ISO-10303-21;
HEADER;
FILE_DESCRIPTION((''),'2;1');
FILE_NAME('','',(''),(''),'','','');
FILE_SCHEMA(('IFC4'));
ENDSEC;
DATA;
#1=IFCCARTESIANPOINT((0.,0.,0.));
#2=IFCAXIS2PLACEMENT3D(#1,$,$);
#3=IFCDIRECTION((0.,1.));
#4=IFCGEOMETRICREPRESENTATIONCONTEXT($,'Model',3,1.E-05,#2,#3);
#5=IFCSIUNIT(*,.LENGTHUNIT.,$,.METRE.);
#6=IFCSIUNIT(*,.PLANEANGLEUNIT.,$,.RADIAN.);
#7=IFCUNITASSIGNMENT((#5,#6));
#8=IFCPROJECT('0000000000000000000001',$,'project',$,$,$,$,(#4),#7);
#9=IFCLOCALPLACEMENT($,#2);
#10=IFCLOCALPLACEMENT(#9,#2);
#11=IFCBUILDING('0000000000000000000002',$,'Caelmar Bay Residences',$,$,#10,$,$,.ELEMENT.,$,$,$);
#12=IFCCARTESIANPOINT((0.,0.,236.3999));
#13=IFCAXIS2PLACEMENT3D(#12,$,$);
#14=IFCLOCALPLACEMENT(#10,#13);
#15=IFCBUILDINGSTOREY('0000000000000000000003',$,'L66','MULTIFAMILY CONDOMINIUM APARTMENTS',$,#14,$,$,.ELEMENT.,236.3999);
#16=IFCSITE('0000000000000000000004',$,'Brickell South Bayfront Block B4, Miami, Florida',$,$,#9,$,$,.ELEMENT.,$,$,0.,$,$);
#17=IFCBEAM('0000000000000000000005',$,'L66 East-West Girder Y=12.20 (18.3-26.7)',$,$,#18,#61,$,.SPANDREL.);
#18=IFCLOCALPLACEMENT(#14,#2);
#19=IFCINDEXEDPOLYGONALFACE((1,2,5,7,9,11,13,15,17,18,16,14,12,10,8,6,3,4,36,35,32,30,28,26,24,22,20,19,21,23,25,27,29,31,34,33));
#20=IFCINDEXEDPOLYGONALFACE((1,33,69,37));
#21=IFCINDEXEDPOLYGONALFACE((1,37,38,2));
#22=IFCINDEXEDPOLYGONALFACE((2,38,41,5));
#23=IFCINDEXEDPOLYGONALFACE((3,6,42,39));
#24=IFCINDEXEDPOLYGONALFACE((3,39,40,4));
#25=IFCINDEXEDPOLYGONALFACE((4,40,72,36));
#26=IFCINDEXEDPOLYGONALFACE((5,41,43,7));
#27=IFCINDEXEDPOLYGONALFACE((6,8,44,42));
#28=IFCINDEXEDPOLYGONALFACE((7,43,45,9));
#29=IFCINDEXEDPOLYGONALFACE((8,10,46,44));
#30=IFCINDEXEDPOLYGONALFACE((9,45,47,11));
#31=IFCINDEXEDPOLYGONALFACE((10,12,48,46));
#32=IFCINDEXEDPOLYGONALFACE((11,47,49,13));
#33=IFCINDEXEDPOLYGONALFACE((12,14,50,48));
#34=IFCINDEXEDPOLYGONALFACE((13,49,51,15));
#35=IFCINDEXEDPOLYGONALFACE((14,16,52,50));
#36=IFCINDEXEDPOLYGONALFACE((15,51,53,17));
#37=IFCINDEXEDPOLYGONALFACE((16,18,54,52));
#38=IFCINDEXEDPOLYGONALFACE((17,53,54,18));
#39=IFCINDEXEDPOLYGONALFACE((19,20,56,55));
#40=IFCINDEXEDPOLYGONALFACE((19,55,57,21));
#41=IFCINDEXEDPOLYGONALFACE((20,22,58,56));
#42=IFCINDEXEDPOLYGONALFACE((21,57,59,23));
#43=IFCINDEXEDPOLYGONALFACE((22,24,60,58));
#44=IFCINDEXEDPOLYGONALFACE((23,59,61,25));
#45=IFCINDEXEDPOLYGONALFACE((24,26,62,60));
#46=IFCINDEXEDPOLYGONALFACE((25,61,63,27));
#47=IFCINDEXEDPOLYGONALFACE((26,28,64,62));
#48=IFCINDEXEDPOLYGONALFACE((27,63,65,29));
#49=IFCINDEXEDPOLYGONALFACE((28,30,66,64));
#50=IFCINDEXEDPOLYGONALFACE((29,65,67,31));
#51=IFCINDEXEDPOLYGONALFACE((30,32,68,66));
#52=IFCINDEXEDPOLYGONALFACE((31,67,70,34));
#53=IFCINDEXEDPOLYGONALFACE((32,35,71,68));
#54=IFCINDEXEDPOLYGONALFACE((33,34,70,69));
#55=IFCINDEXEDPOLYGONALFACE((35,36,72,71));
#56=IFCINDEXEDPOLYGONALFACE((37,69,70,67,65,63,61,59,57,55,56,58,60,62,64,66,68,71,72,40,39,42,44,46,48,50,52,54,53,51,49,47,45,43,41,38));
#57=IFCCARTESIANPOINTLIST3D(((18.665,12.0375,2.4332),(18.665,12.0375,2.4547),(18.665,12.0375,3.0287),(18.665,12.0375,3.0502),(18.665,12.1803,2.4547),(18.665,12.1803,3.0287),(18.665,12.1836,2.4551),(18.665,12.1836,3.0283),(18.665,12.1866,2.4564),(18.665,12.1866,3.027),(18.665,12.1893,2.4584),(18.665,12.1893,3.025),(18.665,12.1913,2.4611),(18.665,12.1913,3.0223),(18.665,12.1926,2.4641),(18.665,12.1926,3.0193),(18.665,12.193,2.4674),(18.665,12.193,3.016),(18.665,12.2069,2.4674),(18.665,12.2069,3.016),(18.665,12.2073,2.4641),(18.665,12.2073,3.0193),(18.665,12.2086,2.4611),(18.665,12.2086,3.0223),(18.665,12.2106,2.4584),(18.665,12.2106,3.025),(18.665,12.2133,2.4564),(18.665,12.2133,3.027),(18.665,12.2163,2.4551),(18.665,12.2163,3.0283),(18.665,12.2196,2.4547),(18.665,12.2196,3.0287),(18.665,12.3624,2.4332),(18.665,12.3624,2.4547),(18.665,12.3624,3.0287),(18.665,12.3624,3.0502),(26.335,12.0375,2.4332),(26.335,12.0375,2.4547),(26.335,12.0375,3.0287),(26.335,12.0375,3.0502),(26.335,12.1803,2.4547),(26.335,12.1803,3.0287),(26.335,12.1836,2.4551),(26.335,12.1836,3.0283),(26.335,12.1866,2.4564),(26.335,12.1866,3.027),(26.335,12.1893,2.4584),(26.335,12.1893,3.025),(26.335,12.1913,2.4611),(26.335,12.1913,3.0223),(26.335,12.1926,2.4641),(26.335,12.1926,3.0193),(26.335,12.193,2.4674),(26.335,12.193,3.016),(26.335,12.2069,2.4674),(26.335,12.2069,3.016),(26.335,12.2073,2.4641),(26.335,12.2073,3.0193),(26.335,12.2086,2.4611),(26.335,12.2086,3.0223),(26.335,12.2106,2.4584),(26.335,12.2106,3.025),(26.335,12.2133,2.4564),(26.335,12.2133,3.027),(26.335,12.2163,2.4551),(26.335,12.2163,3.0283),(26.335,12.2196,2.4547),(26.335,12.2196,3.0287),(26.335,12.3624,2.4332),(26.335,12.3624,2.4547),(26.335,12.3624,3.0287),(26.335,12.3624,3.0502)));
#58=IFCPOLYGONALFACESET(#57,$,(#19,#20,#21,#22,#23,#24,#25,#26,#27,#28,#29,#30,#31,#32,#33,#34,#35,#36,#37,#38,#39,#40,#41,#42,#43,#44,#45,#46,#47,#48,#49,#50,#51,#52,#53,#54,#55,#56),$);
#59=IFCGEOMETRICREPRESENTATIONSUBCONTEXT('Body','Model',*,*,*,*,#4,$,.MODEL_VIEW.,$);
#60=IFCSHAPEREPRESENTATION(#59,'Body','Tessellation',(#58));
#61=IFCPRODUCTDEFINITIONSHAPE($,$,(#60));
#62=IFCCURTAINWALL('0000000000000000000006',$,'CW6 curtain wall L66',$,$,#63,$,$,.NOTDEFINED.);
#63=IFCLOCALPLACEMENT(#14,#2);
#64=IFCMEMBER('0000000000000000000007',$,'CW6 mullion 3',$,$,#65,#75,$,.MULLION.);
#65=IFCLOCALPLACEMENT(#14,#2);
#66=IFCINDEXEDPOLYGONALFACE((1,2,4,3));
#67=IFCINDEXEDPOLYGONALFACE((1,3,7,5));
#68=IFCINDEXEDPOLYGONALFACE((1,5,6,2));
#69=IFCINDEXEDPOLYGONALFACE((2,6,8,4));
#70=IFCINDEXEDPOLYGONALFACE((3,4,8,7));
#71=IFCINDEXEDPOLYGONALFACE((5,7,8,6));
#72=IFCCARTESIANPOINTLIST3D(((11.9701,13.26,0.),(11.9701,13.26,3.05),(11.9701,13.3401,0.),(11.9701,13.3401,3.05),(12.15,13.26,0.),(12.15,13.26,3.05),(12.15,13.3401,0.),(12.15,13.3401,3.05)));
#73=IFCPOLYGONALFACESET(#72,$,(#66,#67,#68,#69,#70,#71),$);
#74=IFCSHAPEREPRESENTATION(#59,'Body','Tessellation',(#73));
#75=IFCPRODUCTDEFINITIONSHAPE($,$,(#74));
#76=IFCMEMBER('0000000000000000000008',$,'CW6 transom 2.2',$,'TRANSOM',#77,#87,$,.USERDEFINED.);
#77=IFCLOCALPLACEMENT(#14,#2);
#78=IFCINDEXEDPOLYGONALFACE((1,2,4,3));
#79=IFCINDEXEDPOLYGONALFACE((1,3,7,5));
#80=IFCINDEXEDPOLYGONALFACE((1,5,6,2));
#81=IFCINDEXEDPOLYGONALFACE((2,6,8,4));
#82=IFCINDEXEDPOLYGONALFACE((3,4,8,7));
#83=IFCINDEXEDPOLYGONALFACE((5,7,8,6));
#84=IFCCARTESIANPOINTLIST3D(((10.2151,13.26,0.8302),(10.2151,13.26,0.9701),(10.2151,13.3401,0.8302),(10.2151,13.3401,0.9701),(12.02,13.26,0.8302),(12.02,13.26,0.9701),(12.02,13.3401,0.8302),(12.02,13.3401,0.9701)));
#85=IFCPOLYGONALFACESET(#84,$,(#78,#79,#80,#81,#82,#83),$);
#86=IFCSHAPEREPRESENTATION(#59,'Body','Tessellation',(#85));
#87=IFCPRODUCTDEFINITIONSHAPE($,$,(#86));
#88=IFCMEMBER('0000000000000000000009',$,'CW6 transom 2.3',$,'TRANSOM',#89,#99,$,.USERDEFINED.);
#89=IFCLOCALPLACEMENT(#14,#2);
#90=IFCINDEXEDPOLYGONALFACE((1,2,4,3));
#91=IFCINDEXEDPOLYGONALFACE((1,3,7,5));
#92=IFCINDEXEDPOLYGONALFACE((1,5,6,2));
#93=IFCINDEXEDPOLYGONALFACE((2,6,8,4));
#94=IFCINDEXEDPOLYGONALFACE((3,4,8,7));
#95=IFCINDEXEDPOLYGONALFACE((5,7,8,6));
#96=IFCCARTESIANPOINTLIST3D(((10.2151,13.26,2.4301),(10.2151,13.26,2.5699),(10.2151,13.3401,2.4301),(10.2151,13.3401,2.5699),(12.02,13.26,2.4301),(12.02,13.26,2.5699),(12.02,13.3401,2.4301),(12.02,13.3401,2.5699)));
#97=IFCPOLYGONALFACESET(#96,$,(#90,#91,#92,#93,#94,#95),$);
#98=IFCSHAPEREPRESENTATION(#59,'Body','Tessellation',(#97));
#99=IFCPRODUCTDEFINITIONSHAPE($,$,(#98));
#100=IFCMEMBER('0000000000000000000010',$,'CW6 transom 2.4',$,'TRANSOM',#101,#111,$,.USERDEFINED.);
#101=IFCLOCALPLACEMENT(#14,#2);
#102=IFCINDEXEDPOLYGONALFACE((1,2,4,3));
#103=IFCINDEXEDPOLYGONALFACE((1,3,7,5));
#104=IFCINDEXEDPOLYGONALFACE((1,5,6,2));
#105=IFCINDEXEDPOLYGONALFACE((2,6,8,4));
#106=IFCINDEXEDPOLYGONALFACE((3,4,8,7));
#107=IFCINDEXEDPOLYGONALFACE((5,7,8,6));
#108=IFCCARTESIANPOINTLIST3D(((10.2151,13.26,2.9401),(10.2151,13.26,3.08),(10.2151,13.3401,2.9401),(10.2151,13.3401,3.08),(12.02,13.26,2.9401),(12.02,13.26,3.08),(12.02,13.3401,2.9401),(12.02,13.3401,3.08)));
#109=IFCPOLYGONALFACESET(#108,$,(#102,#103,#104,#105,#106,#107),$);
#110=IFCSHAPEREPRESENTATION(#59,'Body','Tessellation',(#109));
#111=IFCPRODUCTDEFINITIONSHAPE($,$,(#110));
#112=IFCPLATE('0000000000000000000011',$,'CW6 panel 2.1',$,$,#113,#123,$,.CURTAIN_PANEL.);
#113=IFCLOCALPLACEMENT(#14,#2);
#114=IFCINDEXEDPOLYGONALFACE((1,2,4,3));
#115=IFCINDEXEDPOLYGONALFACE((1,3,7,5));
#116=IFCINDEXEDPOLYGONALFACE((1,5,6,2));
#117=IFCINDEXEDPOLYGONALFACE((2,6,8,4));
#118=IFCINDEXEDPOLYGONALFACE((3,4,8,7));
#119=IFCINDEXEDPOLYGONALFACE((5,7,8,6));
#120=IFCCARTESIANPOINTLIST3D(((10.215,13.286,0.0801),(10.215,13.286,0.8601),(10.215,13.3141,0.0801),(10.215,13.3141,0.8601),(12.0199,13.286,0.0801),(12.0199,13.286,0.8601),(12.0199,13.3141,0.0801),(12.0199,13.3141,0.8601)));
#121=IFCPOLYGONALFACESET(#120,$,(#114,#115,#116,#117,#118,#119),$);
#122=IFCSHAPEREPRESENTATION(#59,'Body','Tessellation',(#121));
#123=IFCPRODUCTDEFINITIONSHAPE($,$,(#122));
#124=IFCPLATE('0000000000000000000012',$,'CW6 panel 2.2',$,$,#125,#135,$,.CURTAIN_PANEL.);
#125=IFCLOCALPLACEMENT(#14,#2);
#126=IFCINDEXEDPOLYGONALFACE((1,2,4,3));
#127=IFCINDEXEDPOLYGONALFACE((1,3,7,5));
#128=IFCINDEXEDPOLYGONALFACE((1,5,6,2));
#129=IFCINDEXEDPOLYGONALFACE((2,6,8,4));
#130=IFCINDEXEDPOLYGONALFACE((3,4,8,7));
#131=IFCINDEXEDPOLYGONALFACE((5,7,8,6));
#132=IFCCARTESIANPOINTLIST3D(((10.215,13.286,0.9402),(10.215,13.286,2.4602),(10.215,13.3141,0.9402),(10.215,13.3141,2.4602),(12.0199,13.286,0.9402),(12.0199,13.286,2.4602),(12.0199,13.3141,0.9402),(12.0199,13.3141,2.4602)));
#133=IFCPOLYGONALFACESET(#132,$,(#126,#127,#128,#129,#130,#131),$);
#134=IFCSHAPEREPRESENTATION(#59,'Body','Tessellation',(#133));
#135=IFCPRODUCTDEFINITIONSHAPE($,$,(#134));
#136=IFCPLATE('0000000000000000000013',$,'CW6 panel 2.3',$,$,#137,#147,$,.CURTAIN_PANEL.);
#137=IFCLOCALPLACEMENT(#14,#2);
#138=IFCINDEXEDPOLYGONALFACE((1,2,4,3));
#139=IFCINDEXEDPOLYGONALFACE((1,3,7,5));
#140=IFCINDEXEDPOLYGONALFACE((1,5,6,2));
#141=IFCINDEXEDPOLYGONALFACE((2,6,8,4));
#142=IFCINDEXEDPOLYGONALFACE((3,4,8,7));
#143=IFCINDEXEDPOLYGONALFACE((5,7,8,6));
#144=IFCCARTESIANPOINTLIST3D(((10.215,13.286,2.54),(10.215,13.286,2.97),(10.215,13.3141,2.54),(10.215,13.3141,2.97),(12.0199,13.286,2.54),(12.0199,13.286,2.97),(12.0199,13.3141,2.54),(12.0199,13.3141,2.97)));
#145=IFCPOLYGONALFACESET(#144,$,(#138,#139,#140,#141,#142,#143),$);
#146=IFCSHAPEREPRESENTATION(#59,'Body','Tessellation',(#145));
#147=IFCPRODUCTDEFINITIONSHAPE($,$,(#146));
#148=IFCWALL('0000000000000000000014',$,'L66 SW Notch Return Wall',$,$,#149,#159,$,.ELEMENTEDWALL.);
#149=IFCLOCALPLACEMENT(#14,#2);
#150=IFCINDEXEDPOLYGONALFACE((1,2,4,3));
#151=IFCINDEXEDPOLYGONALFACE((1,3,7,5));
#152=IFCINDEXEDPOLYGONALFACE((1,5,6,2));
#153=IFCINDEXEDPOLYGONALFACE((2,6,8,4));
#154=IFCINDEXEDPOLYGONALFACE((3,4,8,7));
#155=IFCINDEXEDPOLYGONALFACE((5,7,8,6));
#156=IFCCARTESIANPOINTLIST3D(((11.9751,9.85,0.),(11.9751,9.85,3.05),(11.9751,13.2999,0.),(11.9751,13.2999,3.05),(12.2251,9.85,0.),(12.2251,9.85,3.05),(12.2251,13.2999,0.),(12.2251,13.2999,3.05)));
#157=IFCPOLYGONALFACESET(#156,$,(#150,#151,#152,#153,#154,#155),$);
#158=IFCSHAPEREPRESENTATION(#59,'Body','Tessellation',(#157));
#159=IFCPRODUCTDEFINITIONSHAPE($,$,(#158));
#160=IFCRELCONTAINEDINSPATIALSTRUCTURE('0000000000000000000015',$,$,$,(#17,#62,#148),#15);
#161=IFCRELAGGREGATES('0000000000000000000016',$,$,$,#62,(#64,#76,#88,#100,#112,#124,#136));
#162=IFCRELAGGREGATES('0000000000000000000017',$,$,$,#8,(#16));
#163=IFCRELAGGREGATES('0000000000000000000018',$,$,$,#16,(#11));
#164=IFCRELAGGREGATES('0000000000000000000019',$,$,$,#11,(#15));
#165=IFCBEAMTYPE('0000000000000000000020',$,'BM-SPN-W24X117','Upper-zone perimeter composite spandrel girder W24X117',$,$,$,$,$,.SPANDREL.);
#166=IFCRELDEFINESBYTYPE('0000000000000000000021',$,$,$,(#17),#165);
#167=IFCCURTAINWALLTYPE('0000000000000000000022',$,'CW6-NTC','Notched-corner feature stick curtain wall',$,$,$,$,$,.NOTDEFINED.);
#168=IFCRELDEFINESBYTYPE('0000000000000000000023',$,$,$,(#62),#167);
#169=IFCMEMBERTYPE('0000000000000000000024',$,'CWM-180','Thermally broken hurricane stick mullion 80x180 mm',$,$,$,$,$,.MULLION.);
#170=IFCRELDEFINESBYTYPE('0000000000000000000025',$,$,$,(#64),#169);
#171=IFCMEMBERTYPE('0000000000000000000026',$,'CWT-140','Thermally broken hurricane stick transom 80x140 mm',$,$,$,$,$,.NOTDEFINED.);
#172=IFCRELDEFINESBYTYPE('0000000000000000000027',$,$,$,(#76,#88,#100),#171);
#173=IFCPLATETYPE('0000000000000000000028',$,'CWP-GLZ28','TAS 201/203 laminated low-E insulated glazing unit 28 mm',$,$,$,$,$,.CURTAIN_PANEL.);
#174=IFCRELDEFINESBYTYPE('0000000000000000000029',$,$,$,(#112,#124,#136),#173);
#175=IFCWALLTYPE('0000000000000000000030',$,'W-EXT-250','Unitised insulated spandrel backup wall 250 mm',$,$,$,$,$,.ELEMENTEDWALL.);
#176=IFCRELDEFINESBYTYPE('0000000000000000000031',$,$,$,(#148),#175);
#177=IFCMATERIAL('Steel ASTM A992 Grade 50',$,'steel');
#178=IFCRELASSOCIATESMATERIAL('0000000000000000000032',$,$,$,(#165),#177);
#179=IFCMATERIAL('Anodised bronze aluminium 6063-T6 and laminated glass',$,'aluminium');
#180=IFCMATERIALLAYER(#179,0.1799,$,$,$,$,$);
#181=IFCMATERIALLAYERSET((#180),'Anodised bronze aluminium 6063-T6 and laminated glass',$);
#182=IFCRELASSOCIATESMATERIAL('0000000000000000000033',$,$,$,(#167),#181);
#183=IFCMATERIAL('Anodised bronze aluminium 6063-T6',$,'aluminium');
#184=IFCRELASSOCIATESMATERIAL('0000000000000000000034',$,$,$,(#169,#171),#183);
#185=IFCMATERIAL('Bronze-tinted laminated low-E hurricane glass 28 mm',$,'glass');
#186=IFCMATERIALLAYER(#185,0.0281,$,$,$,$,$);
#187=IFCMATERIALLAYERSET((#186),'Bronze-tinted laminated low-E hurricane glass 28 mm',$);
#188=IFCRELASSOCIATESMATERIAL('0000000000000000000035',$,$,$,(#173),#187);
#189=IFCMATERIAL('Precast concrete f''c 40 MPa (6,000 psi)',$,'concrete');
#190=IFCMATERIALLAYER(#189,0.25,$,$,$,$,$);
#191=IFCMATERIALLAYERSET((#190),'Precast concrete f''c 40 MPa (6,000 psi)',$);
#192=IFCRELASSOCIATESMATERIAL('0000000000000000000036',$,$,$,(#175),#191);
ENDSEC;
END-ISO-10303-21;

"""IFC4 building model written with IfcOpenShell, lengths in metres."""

from ifc_helpers import new_model, si_unit, direction, frame, frame_2d, origin, origin_2d, place, context, subcontext, project, spatial, rectangle, i_section, extrude, material, layer, layer_set, material_profile, profile_set, type_object, element, aggregate, save


model = new_model("IFC4")

# Units and contexts
model_context = context("Model", 3, precision=1e-05, world=origin(), true_north=direction((0.0, 1.0)))
body_context = subcontext(model_context, "Body", "Model", "MODEL_VIEW")
ifc_project = project(units=[si_unit("LENGTHUNIT", "METRE"), si_unit("PLANEANGLEUNIT", "RADIAN")], contexts=[model_context])

# Site, building, storey
site_placement = place(None, origin())
site = spatial("IfcSite", under=ifc_project, at=site_placement, Name="Brickell South Bayfront Block B4, Miami, Florida", CompositionType="ELEMENT", RefElevation=0.0)
building_placement = place(site_placement, origin())
building = spatial("IfcBuilding", under=site, at=building_placement, Name="Caelmar Bay Residences", CompositionType="ELEMENT")
storey_placement = place(building_placement, frame((0.0, 0.0, 236.3999)))
storey = spatial("IfcBuildingStorey", under=building, at=storey_placement, Name="L66", Description="MULTIFAMILY CONDOMINIUM APARTMENTS", CompositionType="ELEMENT", Elevation=236.3999)

# Beam
ifc_material_1 = material(Name="Steel ASTM A992 Grade 50", Category="steel")
ifc_material_profile_1 = material_profile(ifc_material_1, i_section(OverallWidth=0.325, OverallDepth=0.6169, WebThickness=0.0139, FlangeThickness=0.0215, FilletRadius=0.0127, at=origin_2d()), Name="W24X117")
ifc_profile_set_1 = profile_set([ifc_material_profile_1], Name="Steel ASTM A992 Grade 50")
beam_type_1 = type_object("IfcBeamType", Name="BM-SPN-W24X117", Description="Upper-zone perimeter composite spandrel girder W24X117", PredefinedType="SPANDREL", material=ifc_profile_set_1)
beam_1_placement = place(storey_placement, frame((18.665, 12.2, 2.7417), z_axis=(1.0, 0.0, 0.0), x_axis=(0.0, 1.0, 0.0)))
element("IfcBeam", 1, at=beam_1_placement, inside=storey, type_object=beam_type_1, Name="L66 East-West Girder Y=12.20 (18.3-26.7)", PredefinedType="SPANDREL", context=body_context, shape_type="SweptSolid", body=[
    extrude(i_section(OverallWidth=0.325, OverallDepth=0.6169, WebThickness=0.0139, FlangeThickness=0.0215, FilletRadius=0.0127, at=origin_2d()), origin(), (0.0, 0.0, 1.0), 7.6699),
])

# Curtain wall, members, plates
ifc_material_2 = material(Name="Anodised bronze aluminium 6063-T6 and laminated glass", Category="aluminium")
ifc_layer_1 = layer(ifc_material_2, 0.1799)
ifc_layer_set_1 = layer_set([ifc_layer_1], Name="Anodised bronze aluminium 6063-T6 and laminated glass")
curtain_wall_type = type_object("IfcCurtainWallType", Name="CW6-NTC", Description="Notched-corner feature stick curtain wall", PredefinedType="NOTDEFINED", material=ifc_layer_set_1)
curtain_wall_placement = place(storey_placement, origin())
curtain_wall = element("IfcCurtainWall", 2, at=curtain_wall_placement, inside=storey, type_object=curtain_wall_type, Name="CW6 curtain wall L66", PredefinedType="NOTDEFINED")
ifc_material_3 = material(Name="Anodised bronze aluminium 6063-T6", Category="aluminium")
ifc_material_profile_2 = material_profile(ifc_material_3, rectangle(XDim=0.0801, YDim=0.1799, at=origin_2d()), Name="CWM-80X180")
ifc_profile_set_2 = profile_set([ifc_material_profile_2], Name="Anodised bronze aluminium 6063-T6")
member_type_1 = type_object("IfcMemberType", Name="CWM-180", Description="Thermally broken hurricane stick mullion 80x180 mm", PredefinedType="MULLION", material=ifc_profile_set_2)
member_1_placement = place(storey_placement, frame((12.0601, 13.3, 0.0), z_axis=(0.0, 0.0, 1.0), x_axis=(0.0, 1.0, 0.0)))
member_1 = element("IfcMember", 3, at=member_1_placement, type_object=member_type_1, Name="CW6 mullion 3", PredefinedType="MULLION", context=body_context, shape_type="SweptSolid", body=[
    extrude(rectangle(XDim=0.0801, YDim=0.1799, at=origin_2d()), origin(), (0.0, 0.0, 1.0), 3.05),
])
ifc_material_profile_3 = material_profile(ifc_material_3, rectangle(XDim=0.0801, YDim=0.1399, at=origin_2d()), Name="CWT-80X140")
ifc_profile_set_3 = profile_set([ifc_material_profile_3], Name="Anodised bronze aluminium 6063-T6")
member_type_2 = type_object("IfcMemberType", Name="CWT-140", Description="Thermally broken hurricane stick transom 80x140 mm", PredefinedType="NOTDEFINED", material=ifc_profile_set_3)
member_2_placement = place(storey_placement, frame((10.2151, 13.3, 0.9001), z_axis=(1.0, 0.0, 0.0), x_axis=(0.0, 1.0, 0.0)))
member_2 = element("IfcMember", 4, at=member_2_placement, type_object=member_type_2, Name="CW6 transom 2.2", ObjectType="TRANSOM", PredefinedType="USERDEFINED", context=body_context, shape_type="SweptSolid", body=[
    extrude(rectangle(XDim=0.0801, YDim=0.1399, at=origin_2d()), origin(), (0.0, 0.0, 1.0), 1.8049),
])
member_3_placement = place(storey_placement, frame((10.2151, 13.3, 2.5), z_axis=(1.0, 0.0, 0.0), x_axis=(0.0, 1.0, 0.0)))
member_3 = element("IfcMember", 5, at=member_3_placement, type_object=member_type_2, Name="CW6 transom 2.3", ObjectType="TRANSOM", PredefinedType="USERDEFINED", context=body_context, shape_type="SweptSolid", body=[
    extrude(rectangle(XDim=0.0801, YDim=0.1399, at=origin_2d()), origin(), (0.0, 0.0, 1.0), 1.8049),
])
member_4_placement = place(storey_placement, frame((10.2151, 13.3, 3.01), z_axis=(1.0, 0.0, 0.0), x_axis=(0.0, 1.0, 0.0)))
member_4 = element("IfcMember", 6, at=member_4_placement, type_object=member_type_2, Name="CW6 transom 2.4", ObjectType="TRANSOM", PredefinedType="USERDEFINED", context=body_context, shape_type="SweptSolid", body=[
    extrude(rectangle(XDim=0.0801, YDim=0.1399, at=origin_2d()), origin(), (0.0, 0.0, 1.0), 1.8049),
])
ifc_material_4 = material(Name="Bronze-tinted laminated low-E hurricane glass 28 mm", Category="glass")
ifc_layer_2 = layer(ifc_material_4, 0.0281)
ifc_layer_set_2 = layer_set([ifc_layer_2], Name="Bronze-tinted laminated low-E hurricane glass 28 mm")
plate_type = type_object("IfcPlateType", Name="CWP-GLZ28", Description="TAS 201/203 laminated low-E insulated glazing unit 28 mm", PredefinedType="CURTAIN_PANEL", material=ifc_layer_set_2)
plate_1_placement = place(storey_placement, frame((11.1174, 13.3, 0.0801), z_axis=(0.0, 0.0, 1.0), x_axis=(1.0, 0.0, 0.0)))
plate_1 = element("IfcPlate", 7, at=plate_1_placement, type_object=plate_type, Name="CW6 panel 2.1", PredefinedType="CURTAIN_PANEL", context=body_context, shape_type="SweptSolid", body=[
    extrude(rectangle(XDim=1.8049, YDim=0.0281, at=origin_2d()), origin(), (0.0, 0.0, 1.0), 0.78),
])
plate_2_placement = place(storey_placement, frame((11.1174, 13.3, 0.9402), z_axis=(0.0, 0.0, 1.0), x_axis=(1.0, 0.0, 0.0)))
plate_2 = element("IfcPlate", 8, at=plate_2_placement, type_object=plate_type, Name="CW6 panel 2.2", PredefinedType="CURTAIN_PANEL", context=body_context, shape_type="SweptSolid", body=[
    extrude(rectangle(XDim=1.8049, YDim=0.0281, at=origin_2d()), origin(), (0.0, 0.0, 1.0), 1.52),
])
plate_3_placement = place(storey_placement, frame((11.1174, 13.3, 2.54), z_axis=(0.0, 0.0, 1.0), x_axis=(1.0, 0.0, 0.0)))
plate_3 = element("IfcPlate", 9, at=plate_3_placement, type_object=plate_type, Name="CW6 panel 2.3", PredefinedType="CURTAIN_PANEL", context=body_context, shape_type="SweptSolid", body=[
    extrude(rectangle(XDim=1.8049, YDim=0.0281, at=origin_2d()), origin(), (0.0, 0.0, 1.0), 0.4299),
])
aggregate(curtain_wall, [member_1, member_2, member_3, member_4, plate_1, plate_2, plate_3])

# Wall
ifc_material_5 = material(Name="Precast concrete f'c 40 MPa (6,000 psi)", Category="concrete")
ifc_layer_3 = layer(ifc_material_5, 0.25)
ifc_layer_set_3 = layer_set([ifc_layer_3], Name="Precast concrete f'c 40 MPa (6,000 psi)")
wall_type_1 = type_object("IfcWallType", Name="W-EXT-250", Description="Unitised insulated spandrel backup wall 250 mm", PredefinedType="ELEMENTEDWALL", material=ifc_layer_set_3)
wall_1_placement = place(storey_placement, frame((12.1001, 13.3, 0.0), z_axis=(0.0, 0.0, 1.0), x_axis=(0.0, -1.0, 0.0)))
element("IfcWall", 10, at=wall_1_placement, inside=storey, type_object=wall_type_1, Name="L66 SW Notch Return Wall", PredefinedType="ELEMENTEDWALL", context=body_context, shape_type="SweptSolid", body=[
    extrude(rectangle(XDim=3.45, YDim=0.25, at=frame_2d((1.7251, 0.0))), origin(), (0.0, 0.0, 1.0), 3.05),
])

save(model, "model.ifc")
